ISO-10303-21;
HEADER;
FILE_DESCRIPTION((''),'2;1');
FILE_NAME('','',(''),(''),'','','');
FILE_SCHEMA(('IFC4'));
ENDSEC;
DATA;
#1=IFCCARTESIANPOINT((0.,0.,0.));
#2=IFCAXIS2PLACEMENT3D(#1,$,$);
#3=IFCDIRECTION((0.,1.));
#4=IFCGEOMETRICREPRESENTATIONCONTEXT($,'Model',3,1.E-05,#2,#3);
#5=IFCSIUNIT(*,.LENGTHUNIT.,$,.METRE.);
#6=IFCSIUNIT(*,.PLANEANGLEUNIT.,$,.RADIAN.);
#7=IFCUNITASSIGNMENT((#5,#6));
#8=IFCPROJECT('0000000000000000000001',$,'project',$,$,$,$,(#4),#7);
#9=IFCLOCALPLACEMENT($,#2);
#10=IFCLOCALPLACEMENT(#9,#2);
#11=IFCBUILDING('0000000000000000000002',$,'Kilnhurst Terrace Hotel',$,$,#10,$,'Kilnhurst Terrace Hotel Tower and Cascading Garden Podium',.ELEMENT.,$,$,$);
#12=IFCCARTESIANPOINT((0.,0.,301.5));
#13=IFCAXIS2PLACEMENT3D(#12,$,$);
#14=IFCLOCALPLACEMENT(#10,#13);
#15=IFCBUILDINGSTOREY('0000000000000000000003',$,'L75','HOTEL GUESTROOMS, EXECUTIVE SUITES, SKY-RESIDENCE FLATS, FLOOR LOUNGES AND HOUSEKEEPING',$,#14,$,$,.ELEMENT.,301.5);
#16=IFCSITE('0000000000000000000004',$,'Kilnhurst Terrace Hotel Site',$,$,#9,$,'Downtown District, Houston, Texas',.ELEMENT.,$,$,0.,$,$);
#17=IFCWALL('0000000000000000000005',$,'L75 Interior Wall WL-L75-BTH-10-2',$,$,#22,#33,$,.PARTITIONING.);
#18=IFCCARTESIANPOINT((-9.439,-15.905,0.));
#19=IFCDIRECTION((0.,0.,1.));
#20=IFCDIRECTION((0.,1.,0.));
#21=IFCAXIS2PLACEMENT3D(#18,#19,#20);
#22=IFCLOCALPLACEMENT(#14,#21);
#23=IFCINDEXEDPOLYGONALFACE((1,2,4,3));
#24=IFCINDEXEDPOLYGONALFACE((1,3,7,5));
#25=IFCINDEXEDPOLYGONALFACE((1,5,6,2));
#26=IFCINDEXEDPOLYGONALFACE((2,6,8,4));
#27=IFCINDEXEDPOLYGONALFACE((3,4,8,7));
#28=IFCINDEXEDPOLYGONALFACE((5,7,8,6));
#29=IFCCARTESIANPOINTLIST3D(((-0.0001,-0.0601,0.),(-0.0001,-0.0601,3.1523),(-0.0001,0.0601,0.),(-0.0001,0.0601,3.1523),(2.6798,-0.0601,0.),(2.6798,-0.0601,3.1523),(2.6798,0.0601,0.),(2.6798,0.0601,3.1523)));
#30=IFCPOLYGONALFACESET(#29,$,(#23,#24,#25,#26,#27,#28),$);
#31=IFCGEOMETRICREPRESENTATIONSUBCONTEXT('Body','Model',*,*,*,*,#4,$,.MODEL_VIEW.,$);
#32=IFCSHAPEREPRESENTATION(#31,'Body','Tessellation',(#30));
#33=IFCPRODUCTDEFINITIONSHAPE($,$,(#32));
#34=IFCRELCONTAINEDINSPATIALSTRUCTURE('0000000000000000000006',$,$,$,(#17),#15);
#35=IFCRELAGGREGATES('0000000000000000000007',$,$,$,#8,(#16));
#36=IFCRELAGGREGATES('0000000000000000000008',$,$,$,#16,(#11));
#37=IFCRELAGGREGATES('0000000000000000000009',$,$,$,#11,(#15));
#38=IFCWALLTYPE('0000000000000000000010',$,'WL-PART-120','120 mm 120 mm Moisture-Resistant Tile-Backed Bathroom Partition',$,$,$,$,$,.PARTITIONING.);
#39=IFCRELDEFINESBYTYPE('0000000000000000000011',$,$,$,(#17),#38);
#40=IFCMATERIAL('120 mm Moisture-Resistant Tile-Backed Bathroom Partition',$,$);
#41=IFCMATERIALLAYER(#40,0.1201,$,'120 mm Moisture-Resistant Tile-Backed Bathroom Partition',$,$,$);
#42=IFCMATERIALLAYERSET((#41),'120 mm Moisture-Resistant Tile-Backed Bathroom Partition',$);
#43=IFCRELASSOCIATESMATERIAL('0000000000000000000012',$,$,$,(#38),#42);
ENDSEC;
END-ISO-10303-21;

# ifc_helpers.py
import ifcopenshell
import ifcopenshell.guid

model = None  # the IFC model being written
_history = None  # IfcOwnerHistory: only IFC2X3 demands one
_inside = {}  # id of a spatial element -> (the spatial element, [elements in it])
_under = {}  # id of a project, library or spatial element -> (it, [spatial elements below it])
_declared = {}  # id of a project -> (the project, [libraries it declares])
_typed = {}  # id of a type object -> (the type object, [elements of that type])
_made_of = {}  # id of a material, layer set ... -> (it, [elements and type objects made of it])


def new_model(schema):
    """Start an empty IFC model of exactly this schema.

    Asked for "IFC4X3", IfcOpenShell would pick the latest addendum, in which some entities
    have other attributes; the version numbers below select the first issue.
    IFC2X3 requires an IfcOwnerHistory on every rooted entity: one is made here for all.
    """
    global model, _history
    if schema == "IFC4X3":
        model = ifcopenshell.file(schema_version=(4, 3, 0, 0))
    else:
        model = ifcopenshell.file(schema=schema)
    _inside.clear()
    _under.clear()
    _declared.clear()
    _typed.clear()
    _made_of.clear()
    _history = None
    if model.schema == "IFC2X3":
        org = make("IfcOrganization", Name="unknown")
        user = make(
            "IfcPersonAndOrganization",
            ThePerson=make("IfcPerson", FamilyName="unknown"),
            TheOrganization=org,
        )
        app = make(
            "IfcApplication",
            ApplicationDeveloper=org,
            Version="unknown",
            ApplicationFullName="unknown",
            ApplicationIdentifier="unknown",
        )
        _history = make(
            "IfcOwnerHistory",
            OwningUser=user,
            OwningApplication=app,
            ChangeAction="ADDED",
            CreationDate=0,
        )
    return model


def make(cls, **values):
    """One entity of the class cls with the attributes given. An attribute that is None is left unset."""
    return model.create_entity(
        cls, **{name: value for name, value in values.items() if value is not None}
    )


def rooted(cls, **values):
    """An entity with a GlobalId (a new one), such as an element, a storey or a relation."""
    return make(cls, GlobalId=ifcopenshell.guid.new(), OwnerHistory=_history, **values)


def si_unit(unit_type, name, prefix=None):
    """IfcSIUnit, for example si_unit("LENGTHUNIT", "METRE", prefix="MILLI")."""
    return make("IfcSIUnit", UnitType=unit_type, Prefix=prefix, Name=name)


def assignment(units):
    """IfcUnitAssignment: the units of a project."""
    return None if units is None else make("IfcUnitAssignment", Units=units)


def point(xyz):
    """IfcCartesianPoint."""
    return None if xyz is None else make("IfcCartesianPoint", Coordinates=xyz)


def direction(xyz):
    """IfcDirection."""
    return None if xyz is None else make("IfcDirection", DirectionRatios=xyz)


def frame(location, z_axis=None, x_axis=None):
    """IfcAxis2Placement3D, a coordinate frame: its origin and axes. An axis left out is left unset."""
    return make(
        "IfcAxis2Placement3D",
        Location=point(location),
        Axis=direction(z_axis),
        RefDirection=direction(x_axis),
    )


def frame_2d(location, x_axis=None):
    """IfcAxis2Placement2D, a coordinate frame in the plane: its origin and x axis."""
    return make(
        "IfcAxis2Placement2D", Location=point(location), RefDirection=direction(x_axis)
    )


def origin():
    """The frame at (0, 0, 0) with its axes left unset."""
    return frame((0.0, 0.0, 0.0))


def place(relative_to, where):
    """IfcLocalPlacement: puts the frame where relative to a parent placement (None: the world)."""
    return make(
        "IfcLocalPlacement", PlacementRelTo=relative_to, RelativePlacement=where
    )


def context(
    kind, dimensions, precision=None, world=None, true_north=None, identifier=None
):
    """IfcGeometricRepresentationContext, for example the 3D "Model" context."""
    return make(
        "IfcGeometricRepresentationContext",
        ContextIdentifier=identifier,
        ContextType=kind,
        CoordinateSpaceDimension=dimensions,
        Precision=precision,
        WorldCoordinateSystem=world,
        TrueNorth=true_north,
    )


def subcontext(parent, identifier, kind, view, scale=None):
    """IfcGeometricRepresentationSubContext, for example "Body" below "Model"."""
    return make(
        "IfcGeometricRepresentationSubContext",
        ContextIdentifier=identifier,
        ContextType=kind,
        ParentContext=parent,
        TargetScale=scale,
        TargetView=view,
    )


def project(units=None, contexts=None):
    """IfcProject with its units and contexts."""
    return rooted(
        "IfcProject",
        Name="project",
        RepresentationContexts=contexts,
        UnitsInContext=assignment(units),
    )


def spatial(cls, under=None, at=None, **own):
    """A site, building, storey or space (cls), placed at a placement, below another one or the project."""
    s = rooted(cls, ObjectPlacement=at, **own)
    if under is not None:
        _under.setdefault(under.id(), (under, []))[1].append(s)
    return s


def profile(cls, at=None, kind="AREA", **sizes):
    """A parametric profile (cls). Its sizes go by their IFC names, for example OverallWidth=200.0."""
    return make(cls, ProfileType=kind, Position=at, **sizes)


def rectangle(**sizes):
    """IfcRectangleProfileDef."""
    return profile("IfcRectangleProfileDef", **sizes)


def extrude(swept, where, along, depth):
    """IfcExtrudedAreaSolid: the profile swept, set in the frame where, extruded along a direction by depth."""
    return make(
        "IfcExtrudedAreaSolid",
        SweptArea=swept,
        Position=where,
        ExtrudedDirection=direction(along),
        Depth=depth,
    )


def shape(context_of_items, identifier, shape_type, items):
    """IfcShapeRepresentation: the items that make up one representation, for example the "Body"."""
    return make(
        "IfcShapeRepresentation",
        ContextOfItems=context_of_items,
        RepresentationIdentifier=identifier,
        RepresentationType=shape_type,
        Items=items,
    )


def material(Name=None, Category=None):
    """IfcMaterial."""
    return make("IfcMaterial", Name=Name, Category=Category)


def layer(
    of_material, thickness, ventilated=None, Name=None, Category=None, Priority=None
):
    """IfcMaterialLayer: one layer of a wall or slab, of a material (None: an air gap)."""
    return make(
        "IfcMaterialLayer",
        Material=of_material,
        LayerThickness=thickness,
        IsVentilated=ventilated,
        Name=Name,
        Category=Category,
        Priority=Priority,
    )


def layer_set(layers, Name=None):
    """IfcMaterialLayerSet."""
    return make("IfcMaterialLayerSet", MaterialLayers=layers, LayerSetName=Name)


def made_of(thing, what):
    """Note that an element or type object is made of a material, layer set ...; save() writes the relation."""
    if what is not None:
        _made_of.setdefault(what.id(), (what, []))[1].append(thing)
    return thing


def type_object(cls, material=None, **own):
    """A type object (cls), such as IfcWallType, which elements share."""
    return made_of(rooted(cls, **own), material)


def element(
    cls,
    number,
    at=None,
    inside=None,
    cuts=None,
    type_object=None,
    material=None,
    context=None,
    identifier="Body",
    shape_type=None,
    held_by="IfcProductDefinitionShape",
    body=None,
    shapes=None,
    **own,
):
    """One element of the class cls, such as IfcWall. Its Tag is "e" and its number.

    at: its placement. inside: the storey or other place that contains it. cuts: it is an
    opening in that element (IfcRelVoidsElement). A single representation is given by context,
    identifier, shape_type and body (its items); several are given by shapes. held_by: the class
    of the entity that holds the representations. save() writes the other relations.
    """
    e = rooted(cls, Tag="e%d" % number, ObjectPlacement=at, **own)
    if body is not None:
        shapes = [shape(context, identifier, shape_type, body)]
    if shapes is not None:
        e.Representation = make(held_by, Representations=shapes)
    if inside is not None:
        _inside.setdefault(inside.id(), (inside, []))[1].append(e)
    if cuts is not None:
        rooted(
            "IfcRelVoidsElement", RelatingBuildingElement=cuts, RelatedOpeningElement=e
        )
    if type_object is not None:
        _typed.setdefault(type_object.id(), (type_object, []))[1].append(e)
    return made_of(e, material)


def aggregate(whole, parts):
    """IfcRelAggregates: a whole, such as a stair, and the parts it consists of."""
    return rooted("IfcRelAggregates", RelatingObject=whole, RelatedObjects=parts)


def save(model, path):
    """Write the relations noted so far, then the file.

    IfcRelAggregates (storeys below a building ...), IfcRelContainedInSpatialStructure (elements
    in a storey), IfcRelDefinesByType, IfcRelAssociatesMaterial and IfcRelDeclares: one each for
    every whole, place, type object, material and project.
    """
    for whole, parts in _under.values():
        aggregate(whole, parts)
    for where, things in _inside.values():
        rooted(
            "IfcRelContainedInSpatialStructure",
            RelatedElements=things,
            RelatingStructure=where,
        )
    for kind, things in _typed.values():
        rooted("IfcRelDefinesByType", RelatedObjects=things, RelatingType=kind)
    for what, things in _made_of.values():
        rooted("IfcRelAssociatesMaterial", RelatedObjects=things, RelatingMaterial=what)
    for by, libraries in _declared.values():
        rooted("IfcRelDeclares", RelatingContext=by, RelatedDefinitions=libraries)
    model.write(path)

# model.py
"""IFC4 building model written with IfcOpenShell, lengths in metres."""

from ifc_helpers import new_model, si_unit, direction, frame, frame_2d, origin, place, context, subcontext, project, spatial, rectangle, extrude, material, layer, layer_set, type_object, element, save


model = new_model("IFC4")

# Units and contexts
model_context = context("Model", 3, precision=1e-05, world=origin(), true_north=direction((0.0, 1.0)))
body_context = subcontext(model_context, "Body", "Model", "MODEL_VIEW")
ifc_project = project(units=[si_unit("LENGTHUNIT", "METRE"), si_unit("PLANEANGLEUNIT", "RADIAN")], contexts=[model_context])

# Site, building, storey
site_placement = place(None, origin())
site = spatial("IfcSite", under=ifc_project, at=site_placement, Name="Kilnhurst Terrace Hotel Site", LongName="Downtown District, Houston, Texas", CompositionType="ELEMENT", RefElevation=0.0)
building_placement = place(site_placement, origin())
building = spatial("IfcBuilding", under=site, at=building_placement, Name="Kilnhurst Terrace Hotel", LongName="Kilnhurst Terrace Hotel Tower and Cascading Garden Podium", CompositionType="ELEMENT")
storey_placement = place(building_placement, frame((0.0, 0.0, 301.5)))
storey = spatial("IfcBuildingStorey", under=building, at=storey_placement, Name="L75", Description="HOTEL GUESTROOMS, EXECUTIVE SUITES, SKY-RESIDENCE FLATS, FLOOR LOUNGES AND HOUSEKEEPING", CompositionType="ELEMENT", Elevation=301.5)

# Shared definitions
ifc_material_1 = material(Name="120 mm Moisture-Resistant Tile-Backed Bathroom Partition")
ifc_layer_1 = layer(ifc_material_1, 0.1201, Name="120 mm Moisture-Resistant Tile-Backed Bathroom Partition")
ifc_layer_set_1 = layer_set([ifc_layer_1], Name="120 mm Moisture-Resistant Tile-Backed Bathroom Partition")
wall_type_1 = type_object("IfcWallType", Name="WL-PART-120", Description="120 mm 120 mm Moisture-Resistant Tile-Backed Bathroom Partition", PredefinedType="PARTITIONING", material=ifc_layer_set_1)

# Wall
wall_1_placement = place(storey_placement, frame((-9.439, -15.905, 0.0), z_axis=(0.0, 0.0, 1.0), x_axis=(0.0, 1.0, 0.0)))
element("IfcWall", 1, at=wall_1_placement, inside=storey, type_object=wall_type_1, Name="L75 Interior Wall WL-L75-BTH-10-2", PredefinedType="PARTITIONING", context=body_context, shape_type="SweptSolid", body=[
    extrude(rectangle(XDim=2.6799, YDim=0.1201, at=frame_2d((1.3398, 0.0))), origin(), (0.0, 0.0, 1.0), 3.1523),
])

save(model, "model.ifc")
